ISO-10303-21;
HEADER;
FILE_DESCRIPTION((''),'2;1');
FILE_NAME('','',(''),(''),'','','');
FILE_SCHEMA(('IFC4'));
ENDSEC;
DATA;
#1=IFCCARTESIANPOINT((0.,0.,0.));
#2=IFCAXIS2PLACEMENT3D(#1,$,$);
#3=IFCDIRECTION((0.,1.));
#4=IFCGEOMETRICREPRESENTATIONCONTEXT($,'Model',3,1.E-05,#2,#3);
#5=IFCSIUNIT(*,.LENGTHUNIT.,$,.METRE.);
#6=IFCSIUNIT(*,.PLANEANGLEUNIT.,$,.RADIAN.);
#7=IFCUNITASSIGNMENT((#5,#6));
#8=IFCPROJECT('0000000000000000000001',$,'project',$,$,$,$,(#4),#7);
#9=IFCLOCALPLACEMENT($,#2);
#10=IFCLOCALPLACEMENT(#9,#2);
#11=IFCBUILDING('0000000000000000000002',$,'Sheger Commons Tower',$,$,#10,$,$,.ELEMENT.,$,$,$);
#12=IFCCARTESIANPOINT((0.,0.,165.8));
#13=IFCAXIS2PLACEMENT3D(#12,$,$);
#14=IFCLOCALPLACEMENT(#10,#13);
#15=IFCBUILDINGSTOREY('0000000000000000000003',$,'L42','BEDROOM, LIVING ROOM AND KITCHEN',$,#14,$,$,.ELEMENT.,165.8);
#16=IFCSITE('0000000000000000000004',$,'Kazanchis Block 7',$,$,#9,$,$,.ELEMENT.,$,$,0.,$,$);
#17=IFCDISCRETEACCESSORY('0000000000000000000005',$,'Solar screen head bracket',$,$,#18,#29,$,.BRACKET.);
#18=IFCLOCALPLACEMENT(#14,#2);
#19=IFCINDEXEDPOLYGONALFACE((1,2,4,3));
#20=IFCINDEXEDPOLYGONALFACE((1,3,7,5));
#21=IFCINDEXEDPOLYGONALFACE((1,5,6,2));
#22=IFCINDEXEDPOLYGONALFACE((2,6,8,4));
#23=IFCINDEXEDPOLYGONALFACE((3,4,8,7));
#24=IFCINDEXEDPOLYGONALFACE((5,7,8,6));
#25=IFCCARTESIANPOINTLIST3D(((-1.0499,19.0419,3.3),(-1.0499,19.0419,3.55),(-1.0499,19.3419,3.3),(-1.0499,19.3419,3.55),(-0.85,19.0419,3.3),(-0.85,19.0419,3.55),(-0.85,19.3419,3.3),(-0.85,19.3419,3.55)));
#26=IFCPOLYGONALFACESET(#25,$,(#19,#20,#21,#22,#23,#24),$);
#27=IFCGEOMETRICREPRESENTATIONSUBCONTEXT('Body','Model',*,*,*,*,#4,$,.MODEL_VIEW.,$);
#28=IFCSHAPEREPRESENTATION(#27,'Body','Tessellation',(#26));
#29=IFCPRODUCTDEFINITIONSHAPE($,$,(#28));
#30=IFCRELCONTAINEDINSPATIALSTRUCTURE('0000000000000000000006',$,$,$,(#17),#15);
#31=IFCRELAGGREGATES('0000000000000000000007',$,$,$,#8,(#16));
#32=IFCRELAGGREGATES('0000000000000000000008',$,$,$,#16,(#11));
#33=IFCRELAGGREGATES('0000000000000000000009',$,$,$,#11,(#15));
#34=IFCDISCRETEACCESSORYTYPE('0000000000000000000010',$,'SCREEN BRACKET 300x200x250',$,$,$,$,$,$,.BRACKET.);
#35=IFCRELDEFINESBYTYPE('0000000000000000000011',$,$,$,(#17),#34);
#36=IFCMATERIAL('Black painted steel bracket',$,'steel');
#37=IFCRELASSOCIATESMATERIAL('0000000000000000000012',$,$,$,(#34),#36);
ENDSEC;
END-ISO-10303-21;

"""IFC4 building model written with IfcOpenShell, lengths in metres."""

from ifc_helpers import new_model, si_unit, direction, frame, origin, origin_2d, place, context, subcontext, project, spatial, rectangle, extrude, material, type_object, element, save


model = new_model("IFC4")

# Units and contexts
model_context = context("Model", 3, precision=1e-05, world=origin(), true_north=direction((0.0, 1.0)))
body_context = subcontext(model_context, "Body", "Model", "MODEL_VIEW")
ifc_project = project(units=[si_unit("LENGTHUNIT", "METRE"), si_unit("PLANEANGLEUNIT", "RADIAN")], contexts=[model_context])

# Site, building, storey
site_placement = place(None, origin())
site = spatial("IfcSite", under=ifc_project, at=site_placement, Name="Kazanchis Block 7", CompositionType="ELEMENT", RefElevation=0.0)
building_placement = place(site_placement, origin())
building = spatial("IfcBuilding", under=site, at=building_placement, Name="Sheger Commons Tower", CompositionType="ELEMENT")
storey_placement = place(building_placement, frame((0.0, 0.0, 165.8)))
storey = spatial("IfcBuildingStorey", under=building, at=storey_placement, Name="L42", Description="BEDROOM, LIVING ROOM AND KITCHEN", CompositionType="ELEMENT", Elevation=165.8)

# Discrete accessory
ifc_material_1 = material(Name="Black painted steel bracket", Category="steel")
discrete_accessory_type = type_object("IfcDiscreteAccessoryType", Name="SCREEN BRACKET 300x200x250", PredefinedType="BRACKET", material=ifc_material_1)
for number, where, z_axis, x_axis, name in (
    (1, (-0.95, 19.1919, 3.3), (0.0, 0.0, 1.0), (0.0, -1.0, 0.0), "Solar screen head bracket"),
):
    element("IfcDiscreteAccessory", number, at=place(storey_placement, frame(where, z_axis=z_axis, x_axis=x_axis)), inside=storey, type_object=discrete_accessory_type, Name=name, PredefinedType="BRACKET", context=body_context, shape_type="SweptSolid", body=[
        extrude(rectangle(XDim=0.3, YDim=0.2, at=origin_2d()), origin(), (0.0, 0.0, 1.0), 0.25),
    ])

save(model, "model.ifc")
